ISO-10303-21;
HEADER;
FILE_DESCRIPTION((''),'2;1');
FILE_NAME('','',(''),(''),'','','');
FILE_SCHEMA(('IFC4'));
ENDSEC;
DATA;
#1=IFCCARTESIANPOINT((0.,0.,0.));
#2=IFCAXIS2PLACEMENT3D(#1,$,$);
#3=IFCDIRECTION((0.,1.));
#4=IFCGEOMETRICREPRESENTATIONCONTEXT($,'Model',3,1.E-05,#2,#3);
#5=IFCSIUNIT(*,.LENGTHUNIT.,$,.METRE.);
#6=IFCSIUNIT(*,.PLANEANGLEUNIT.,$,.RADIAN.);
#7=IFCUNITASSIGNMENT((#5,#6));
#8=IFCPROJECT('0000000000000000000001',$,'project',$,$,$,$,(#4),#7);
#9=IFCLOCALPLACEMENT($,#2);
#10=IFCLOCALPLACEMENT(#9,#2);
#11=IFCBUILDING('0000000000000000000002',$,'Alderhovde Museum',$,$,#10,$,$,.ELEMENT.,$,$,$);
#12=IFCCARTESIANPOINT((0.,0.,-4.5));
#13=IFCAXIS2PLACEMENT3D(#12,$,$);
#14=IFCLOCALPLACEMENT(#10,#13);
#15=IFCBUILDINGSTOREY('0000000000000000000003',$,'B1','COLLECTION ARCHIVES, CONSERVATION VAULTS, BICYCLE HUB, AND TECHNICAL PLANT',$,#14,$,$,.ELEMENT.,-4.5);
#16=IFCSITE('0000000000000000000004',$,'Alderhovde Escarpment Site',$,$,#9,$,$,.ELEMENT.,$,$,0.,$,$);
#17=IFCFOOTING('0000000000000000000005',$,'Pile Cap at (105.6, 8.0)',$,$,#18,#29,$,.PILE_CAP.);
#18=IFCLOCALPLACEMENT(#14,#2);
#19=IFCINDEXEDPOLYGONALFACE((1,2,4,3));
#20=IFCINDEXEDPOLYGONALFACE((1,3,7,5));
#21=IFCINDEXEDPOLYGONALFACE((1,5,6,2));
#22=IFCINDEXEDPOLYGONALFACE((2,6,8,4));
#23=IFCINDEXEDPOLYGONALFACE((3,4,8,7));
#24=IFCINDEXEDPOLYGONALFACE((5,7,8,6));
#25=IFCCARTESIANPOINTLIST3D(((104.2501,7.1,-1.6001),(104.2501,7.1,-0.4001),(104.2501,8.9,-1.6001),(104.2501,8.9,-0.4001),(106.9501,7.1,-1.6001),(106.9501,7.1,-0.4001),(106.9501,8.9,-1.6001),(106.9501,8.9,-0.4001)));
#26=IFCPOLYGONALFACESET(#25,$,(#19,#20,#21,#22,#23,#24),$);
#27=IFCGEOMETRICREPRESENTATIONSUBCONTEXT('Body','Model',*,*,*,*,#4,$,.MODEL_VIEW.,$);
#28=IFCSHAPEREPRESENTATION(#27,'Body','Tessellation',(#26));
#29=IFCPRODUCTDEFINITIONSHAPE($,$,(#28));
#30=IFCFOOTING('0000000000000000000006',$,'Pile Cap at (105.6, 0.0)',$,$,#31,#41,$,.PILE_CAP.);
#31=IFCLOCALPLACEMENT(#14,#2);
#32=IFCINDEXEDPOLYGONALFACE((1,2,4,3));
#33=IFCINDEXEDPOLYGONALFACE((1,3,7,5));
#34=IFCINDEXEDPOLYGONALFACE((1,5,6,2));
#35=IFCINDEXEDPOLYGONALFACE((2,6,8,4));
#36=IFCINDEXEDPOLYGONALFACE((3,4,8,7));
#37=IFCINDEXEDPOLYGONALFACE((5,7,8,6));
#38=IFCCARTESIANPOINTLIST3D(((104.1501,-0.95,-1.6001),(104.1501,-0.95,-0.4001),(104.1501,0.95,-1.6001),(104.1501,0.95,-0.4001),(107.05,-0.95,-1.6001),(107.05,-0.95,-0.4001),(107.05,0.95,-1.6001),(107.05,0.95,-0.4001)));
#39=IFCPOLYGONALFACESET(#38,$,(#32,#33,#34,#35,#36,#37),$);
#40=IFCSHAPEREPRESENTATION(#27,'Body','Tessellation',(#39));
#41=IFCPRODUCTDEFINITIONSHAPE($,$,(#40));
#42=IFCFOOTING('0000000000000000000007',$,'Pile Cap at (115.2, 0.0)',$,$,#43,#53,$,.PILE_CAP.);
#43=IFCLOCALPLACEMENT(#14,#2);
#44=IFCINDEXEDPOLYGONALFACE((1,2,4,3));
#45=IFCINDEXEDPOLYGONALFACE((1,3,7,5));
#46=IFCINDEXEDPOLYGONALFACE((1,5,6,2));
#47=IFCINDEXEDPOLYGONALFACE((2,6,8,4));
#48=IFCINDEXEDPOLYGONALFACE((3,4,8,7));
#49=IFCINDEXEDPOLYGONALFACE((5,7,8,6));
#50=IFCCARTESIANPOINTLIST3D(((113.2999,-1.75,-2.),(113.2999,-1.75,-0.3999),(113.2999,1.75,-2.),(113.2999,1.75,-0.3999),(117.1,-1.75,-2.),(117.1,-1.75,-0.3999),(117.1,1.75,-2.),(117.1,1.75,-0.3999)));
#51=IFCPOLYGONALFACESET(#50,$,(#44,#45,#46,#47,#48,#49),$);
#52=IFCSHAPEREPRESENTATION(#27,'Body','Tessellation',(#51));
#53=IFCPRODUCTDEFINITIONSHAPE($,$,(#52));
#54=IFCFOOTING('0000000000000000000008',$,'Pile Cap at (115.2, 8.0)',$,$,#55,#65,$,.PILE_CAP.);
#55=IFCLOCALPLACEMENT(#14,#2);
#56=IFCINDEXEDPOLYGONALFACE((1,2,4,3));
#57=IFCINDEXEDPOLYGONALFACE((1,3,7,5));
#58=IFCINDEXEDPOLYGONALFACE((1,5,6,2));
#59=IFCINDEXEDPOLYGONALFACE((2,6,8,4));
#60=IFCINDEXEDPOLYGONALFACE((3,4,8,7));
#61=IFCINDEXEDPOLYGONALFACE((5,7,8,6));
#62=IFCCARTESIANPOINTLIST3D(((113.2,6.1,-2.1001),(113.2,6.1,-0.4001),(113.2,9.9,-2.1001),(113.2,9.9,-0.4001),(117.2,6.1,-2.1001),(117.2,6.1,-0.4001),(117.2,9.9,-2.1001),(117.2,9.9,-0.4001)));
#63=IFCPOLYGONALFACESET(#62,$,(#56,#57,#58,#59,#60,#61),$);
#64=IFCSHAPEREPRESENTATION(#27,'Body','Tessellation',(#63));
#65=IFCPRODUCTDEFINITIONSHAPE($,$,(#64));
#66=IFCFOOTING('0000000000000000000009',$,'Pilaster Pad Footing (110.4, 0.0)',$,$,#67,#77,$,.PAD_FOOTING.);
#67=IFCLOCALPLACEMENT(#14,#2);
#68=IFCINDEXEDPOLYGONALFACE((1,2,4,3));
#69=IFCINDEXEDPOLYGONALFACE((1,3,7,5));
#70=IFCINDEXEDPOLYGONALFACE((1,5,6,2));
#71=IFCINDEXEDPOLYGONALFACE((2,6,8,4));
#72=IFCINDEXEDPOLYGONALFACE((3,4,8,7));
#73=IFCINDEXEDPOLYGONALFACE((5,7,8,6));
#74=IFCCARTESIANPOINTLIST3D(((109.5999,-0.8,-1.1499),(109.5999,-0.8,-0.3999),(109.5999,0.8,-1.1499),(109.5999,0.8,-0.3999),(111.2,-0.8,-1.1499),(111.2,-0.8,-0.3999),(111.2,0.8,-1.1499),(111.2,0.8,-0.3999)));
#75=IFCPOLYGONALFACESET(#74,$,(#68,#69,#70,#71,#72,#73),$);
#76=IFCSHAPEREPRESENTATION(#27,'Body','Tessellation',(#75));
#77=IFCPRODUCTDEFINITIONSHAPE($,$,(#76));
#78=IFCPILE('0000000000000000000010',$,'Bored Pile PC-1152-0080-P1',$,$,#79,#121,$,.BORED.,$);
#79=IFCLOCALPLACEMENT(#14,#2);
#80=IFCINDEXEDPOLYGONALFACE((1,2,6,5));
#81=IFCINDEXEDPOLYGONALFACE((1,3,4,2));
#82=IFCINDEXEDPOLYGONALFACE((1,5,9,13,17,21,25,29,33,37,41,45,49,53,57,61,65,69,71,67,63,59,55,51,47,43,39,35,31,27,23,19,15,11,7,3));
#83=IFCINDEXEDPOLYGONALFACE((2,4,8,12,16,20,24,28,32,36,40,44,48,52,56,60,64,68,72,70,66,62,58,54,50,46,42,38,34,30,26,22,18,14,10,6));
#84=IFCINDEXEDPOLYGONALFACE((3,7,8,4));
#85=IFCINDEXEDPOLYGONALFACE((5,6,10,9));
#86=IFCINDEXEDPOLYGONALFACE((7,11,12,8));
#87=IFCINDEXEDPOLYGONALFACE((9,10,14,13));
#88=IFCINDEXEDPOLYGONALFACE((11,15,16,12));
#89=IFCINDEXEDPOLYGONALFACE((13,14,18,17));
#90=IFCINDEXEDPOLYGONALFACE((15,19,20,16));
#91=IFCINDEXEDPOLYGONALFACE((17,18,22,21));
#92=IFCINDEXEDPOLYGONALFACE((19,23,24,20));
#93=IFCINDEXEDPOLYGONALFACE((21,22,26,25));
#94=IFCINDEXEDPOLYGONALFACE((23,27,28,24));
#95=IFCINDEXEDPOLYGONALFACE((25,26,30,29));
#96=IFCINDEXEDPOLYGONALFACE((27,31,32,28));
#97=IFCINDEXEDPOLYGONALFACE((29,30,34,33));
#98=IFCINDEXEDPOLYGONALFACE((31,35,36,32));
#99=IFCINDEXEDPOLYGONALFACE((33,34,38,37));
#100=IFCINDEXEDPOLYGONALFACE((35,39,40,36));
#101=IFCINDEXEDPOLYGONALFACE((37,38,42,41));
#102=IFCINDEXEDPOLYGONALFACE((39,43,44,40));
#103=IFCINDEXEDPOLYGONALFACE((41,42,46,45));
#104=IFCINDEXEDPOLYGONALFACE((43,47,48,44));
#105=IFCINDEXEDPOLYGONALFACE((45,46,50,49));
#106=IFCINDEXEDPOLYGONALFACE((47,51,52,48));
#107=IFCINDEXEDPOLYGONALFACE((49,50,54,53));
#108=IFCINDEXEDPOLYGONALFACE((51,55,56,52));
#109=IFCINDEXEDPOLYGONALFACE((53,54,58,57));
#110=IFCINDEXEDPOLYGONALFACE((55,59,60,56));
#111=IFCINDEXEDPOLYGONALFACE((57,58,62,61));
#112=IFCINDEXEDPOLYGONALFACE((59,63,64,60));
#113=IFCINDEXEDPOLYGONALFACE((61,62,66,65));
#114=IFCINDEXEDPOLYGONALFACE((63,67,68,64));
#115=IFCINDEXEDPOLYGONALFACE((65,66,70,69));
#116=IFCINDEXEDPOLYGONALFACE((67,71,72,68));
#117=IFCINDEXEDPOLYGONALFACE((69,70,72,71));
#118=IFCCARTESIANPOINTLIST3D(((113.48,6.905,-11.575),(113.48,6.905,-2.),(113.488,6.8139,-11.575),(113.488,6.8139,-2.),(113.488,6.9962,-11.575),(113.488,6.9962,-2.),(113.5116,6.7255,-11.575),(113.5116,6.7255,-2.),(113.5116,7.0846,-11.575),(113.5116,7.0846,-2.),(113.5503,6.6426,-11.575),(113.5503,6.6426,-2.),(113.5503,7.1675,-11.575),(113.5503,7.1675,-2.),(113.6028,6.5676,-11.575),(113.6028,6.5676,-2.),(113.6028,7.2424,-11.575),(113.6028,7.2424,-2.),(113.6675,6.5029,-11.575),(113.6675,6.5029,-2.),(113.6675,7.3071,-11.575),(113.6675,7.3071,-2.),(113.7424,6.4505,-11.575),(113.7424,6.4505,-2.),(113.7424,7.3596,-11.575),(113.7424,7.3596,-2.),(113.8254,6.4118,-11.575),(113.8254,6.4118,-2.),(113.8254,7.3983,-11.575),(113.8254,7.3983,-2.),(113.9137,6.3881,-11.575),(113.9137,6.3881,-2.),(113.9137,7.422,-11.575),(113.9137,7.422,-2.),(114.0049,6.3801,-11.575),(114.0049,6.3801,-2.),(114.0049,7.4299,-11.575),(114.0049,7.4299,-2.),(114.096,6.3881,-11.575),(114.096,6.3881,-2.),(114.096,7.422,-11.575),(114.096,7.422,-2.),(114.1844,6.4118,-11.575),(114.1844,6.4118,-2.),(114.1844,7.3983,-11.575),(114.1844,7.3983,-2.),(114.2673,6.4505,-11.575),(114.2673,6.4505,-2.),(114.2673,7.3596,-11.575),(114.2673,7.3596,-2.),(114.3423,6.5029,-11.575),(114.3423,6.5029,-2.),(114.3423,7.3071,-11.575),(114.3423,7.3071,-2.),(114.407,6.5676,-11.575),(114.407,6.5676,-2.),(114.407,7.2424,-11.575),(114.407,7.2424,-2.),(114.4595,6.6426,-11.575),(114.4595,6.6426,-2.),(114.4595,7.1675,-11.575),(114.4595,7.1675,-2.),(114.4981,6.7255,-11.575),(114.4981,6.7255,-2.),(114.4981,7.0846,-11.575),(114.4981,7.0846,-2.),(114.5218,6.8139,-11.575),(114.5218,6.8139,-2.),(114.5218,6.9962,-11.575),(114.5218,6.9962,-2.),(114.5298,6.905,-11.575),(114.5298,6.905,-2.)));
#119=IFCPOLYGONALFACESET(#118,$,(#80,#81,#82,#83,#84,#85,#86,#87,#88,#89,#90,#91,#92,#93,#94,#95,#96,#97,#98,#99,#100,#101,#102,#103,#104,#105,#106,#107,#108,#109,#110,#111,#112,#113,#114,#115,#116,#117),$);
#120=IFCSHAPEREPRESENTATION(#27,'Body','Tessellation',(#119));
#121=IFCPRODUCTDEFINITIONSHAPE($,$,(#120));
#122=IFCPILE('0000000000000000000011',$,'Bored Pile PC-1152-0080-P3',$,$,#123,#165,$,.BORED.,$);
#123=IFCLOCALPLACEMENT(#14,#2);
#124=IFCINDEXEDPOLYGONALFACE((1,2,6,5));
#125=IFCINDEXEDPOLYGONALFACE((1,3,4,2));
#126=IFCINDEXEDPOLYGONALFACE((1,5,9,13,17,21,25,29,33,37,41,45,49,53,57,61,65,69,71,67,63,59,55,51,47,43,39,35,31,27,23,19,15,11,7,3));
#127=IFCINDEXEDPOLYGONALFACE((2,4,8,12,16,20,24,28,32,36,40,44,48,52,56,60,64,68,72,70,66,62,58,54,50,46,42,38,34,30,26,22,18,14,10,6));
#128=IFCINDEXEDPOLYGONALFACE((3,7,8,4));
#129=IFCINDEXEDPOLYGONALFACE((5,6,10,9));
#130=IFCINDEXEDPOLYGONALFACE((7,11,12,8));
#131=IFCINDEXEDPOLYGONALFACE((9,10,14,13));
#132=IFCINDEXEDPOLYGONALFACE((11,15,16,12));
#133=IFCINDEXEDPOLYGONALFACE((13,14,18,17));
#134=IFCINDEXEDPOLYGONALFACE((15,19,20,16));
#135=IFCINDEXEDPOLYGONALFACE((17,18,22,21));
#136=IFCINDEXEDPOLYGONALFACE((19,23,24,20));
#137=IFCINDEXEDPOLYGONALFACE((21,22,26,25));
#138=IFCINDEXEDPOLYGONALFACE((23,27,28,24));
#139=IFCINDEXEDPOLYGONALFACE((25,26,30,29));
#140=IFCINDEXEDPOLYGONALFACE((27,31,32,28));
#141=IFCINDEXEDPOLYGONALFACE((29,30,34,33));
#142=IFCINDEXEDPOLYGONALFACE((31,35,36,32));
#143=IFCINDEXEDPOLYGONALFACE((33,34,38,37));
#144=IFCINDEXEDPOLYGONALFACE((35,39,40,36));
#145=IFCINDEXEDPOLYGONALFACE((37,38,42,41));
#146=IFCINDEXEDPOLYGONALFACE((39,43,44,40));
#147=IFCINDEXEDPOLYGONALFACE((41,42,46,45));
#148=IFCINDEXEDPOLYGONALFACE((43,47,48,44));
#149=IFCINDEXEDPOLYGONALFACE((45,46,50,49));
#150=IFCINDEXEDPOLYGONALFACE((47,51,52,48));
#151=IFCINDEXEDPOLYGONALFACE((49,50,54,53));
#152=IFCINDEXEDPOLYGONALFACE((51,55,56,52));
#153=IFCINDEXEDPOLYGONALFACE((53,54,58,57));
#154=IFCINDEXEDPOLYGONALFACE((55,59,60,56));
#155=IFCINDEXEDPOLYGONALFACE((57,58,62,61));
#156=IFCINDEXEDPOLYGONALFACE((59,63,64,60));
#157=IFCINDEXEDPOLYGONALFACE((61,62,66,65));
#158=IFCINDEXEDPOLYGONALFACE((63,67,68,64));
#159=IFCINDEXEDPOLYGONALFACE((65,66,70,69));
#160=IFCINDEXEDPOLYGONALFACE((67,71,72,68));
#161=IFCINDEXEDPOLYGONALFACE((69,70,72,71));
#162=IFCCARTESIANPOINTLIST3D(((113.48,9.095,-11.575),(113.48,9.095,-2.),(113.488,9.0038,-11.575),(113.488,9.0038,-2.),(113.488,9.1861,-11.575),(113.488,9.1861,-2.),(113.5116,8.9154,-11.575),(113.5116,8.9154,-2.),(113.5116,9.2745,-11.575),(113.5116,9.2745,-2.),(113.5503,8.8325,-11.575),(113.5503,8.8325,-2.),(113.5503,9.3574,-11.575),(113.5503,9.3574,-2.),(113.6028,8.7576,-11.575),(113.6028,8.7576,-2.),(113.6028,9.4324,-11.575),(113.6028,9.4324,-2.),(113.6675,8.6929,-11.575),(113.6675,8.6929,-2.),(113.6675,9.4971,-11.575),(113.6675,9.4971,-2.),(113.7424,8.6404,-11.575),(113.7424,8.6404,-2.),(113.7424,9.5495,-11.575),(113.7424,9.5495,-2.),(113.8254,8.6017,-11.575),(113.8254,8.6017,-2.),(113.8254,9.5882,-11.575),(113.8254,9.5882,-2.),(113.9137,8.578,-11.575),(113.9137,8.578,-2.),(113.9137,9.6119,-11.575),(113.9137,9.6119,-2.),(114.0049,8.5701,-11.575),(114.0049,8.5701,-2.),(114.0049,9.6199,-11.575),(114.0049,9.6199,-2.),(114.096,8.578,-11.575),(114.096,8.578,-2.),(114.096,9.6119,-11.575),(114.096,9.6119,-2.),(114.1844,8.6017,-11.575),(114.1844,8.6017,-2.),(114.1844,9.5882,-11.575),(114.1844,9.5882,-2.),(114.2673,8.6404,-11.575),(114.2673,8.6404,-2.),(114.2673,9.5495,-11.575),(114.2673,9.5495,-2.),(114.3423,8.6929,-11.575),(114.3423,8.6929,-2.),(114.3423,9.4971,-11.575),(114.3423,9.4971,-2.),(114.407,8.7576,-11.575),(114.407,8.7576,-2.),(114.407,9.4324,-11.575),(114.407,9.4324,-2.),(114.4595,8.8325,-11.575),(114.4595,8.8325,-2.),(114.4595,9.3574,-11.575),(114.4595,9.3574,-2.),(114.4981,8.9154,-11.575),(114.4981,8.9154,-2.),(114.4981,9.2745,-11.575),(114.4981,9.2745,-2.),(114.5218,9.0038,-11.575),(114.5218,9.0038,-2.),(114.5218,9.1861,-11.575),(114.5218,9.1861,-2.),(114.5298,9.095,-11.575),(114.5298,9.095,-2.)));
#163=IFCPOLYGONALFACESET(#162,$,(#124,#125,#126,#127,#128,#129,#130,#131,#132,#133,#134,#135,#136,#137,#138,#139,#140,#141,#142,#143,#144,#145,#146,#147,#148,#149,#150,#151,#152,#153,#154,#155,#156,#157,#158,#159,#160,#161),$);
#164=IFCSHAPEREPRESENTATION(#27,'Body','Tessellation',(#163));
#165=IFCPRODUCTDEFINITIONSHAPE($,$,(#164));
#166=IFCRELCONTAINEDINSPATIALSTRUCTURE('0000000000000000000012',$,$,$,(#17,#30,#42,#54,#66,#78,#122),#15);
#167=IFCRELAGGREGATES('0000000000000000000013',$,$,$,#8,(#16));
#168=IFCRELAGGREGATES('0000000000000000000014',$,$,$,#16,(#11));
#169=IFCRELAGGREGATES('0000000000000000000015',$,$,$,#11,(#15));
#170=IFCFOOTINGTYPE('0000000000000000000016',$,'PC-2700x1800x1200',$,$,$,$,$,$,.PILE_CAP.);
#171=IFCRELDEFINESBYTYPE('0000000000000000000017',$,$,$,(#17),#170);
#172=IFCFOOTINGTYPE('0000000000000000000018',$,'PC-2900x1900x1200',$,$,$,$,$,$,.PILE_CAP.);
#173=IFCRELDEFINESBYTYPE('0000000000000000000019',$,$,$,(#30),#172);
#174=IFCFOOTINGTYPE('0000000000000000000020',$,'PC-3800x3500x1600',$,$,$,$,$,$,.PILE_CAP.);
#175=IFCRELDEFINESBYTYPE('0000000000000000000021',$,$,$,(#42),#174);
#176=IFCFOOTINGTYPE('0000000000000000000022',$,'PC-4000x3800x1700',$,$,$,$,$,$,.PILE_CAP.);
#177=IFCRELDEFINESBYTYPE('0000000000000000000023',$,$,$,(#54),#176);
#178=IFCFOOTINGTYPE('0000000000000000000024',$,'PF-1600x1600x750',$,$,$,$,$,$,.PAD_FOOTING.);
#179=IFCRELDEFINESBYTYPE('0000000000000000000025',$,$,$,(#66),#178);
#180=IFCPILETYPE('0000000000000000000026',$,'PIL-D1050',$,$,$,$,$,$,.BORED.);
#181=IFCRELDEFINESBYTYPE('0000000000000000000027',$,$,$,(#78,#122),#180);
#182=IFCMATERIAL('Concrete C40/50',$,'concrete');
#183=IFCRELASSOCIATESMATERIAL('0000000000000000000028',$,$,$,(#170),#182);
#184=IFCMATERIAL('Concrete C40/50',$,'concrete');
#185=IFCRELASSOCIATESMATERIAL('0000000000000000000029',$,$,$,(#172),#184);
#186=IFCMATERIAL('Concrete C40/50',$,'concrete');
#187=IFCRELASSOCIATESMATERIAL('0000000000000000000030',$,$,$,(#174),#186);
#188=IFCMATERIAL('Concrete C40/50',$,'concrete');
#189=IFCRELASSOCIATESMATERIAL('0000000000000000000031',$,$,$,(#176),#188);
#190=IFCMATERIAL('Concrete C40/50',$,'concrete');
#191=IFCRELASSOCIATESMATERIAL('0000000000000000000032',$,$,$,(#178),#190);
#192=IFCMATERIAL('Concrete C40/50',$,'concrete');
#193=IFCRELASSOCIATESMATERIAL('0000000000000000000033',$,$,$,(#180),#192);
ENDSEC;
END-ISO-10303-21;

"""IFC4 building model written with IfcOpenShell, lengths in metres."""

from ifc_helpers import new_model, si_unit, direction, frame, origin, origin_2d, place, context, subcontext, project, spatial, rectangle, circle, extrude, material, material_profile, profile_set, type_object, element, save


model = new_model("IFC4")

# Units and contexts
model_context = context("Model", 3, precision=1e-05, world=origin(), true_north=direction((0.0, 1.0)))
body_context = subcontext(model_context, "Body", "Model", "MODEL_VIEW")
ifc_project = project(units=[si_unit("LENGTHUNIT", "METRE"), si_unit("PLANEANGLEUNIT", "RADIAN")], contexts=[model_context])

# Site, building, storey
site_placement = place(None, origin())
site = spatial("IfcSite", under=ifc_project, at=site_placement, Name="Alderhovde Escarpment Site", CompositionType="ELEMENT", RefElevation=0.0)
building_placement = place(site_placement, origin())
building = spatial("IfcBuilding", under=site, at=building_placement, Name="Alderhovde Museum", CompositionType="ELEMENT")
storey_placement = place(building_placement, frame((0.0, 0.0, -4.5)))
storey = spatial("IfcBuildingStorey", under=building, at=storey_placement, Name="B1", Description="COLLECTION ARCHIVES, CONSERVATION VAULTS, BICYCLE HUB, AND TECHNICAL PLANT", CompositionType="ELEMENT", Elevation=-4.5)

# Footings
ifc_material_1 = material(Name="Concrete C40/50", Category="concrete")
footing_type_1 = type_object("IfcFootingType", Name="PC-2700x1800x1200", PredefinedType="PILE_CAP", material=ifc_material_1)
footing_1_placement = place(storey_placement, frame((105.6001, 8.0, -1.6001), z_axis=(0.0, 0.0, 1.0), x_axis=(1.0, 0.0, 0.0)))
element("IfcFooting", 1, at=footing_1_placement, inside=storey, type_object=footing_type_1, Name="Pile Cap at (105.6, 8.0)", PredefinedType="PILE_CAP", context=body_context, shape_type="SweptSolid", body=[
    extrude(rectangle(XDim=2.7, YDim=1.8, at=origin_2d()), origin(), (0.0, 0.0, 1.0), 1.2),
])
ifc_material_2 = material(Name="Concrete C40/50", Category="concrete")
footing_type_2 = type_object("IfcFootingType", Name="PC-2900x1900x1200", PredefinedType="PILE_CAP", material=ifc_material_2)
footing_2_placement = place(storey_placement, frame((105.6001, 0.0, -1.6001), z_axis=(0.0, 0.0, 1.0), x_axis=(1.0, 0.0, 0.0)))
element("IfcFooting", 2, at=footing_2_placement, inside=storey, type_object=footing_type_2, Name="Pile Cap at (105.6, 0.0)", PredefinedType="PILE_CAP", context=body_context, shape_type="SweptSolid", body=[
    extrude(rectangle(XDim=2.8999, YDim=1.8999, at=origin_2d()), origin(), (0.0, 0.0, 1.0), 1.2),
])
ifc_material_3 = material(Name="Concrete C40/50", Category="concrete")
footing_type_3 = type_object("IfcFootingType", Name="PC-3800x3500x1600", PredefinedType="PILE_CAP", material=ifc_material_3)
footing_3_placement = place(storey_placement, frame((115.2, 0.0, -2.0), z_axis=(0.0, 0.0, 1.0), x_axis=(1.0, 0.0, 0.0)))
element("IfcFooting", 3, at=footing_3_placement, inside=storey, type_object=footing_type_3, Name="Pile Cap at (115.2, 0.0)", PredefinedType="PILE_CAP", context=body_context, shape_type="SweptSolid", body=[
    extrude(rectangle(XDim=3.8, YDim=3.5, at=origin_2d()), origin(), (0.0, 0.0, 1.0), 1.6001),
])
ifc_material_4 = material(Name="Concrete C40/50", Category="concrete")
footing_type_4 = type_object("IfcFootingType", Name="PC-4000x3800x1700", PredefinedType="PILE_CAP", material=ifc_material_4)
footing_4_placement = place(storey_placement, frame((115.2, 8.0, -2.1001), z_axis=(0.0, 0.0, 1.0), x_axis=(1.0, 0.0, 0.0)))
element("IfcFooting", 4, at=footing_4_placement, inside=storey, type_object=footing_type_4, Name="Pile Cap at (115.2, 8.0)", PredefinedType="PILE_CAP", context=body_context, shape_type="SweptSolid", body=[
    extrude(rectangle(XDim=4.0, YDim=3.8, at=origin_2d()), origin(), (0.0, 0.0, 1.0), 1.7),
])
ifc_material_5 = material(Name="Concrete C40/50", Category="concrete")
footing_type_5 = type_object("IfcFootingType", Name="PF-1600x1600x750", PredefinedType="PAD_FOOTING", material=ifc_material_5)
footing_5_placement = place(storey_placement, frame((110.3999, 0.0, -1.1499), z_axis=(0.0, 0.0, 1.0), x_axis=(1.0, 0.0, 0.0)))
element("IfcFooting", 5, at=footing_5_placement, inside=storey, type_object=footing_type_5, Name="Pilaster Pad Footing (110.4, 0.0)", PredefinedType="PAD_FOOTING", context=body_context, shape_type="SweptSolid", body=[
    extrude(rectangle(XDim=1.6001, YDim=1.6001, at=origin_2d()), origin(), (0.0, 0.0, 1.0), 0.75),
])

# Piles
ifc_material_6 = material(Name="Concrete C40/50", Category="concrete")
ifc_material_profile_1 = material_profile(ifc_material_6, circle(Radius=0.5249, at=origin_2d()), Name="PILE-D1050")
ifc_profile_set_1 = profile_set([ifc_material_profile_1], Name="Concrete C40/50")
pile_type_1 = type_object("IfcPileType", Name="PIL-D1050", PredefinedType="BORED", material=ifc_profile_set_1)
for number, where, z_axis, x_axis, name in (
    (6, (114.0049, 6.905, -2.0), (0.0, 0.0, -1.0), (1.0, 0.0, 0.0), "Bored Pile PC-1152-0080-P1"),
    (7, (114.0049, 9.095, -2.0), (0.0, 0.0, -1.0), (1.0, 0.0, 0.0), "Bored Pile PC-1152-0080-P3"),
):
    element("IfcPile", number, at=place(storey_placement, frame(where, z_axis=z_axis, x_axis=x_axis)), inside=storey, type_object=pile_type_1, Name=name, PredefinedType="BORED", context=body_context, shape_type="SweptSolid", body=[
        extrude(circle(Radius=0.5249, at=origin_2d()), origin(), (0.0, 0.0, 1.0), 9.575),
    ])

save(model, "model.ifc")
